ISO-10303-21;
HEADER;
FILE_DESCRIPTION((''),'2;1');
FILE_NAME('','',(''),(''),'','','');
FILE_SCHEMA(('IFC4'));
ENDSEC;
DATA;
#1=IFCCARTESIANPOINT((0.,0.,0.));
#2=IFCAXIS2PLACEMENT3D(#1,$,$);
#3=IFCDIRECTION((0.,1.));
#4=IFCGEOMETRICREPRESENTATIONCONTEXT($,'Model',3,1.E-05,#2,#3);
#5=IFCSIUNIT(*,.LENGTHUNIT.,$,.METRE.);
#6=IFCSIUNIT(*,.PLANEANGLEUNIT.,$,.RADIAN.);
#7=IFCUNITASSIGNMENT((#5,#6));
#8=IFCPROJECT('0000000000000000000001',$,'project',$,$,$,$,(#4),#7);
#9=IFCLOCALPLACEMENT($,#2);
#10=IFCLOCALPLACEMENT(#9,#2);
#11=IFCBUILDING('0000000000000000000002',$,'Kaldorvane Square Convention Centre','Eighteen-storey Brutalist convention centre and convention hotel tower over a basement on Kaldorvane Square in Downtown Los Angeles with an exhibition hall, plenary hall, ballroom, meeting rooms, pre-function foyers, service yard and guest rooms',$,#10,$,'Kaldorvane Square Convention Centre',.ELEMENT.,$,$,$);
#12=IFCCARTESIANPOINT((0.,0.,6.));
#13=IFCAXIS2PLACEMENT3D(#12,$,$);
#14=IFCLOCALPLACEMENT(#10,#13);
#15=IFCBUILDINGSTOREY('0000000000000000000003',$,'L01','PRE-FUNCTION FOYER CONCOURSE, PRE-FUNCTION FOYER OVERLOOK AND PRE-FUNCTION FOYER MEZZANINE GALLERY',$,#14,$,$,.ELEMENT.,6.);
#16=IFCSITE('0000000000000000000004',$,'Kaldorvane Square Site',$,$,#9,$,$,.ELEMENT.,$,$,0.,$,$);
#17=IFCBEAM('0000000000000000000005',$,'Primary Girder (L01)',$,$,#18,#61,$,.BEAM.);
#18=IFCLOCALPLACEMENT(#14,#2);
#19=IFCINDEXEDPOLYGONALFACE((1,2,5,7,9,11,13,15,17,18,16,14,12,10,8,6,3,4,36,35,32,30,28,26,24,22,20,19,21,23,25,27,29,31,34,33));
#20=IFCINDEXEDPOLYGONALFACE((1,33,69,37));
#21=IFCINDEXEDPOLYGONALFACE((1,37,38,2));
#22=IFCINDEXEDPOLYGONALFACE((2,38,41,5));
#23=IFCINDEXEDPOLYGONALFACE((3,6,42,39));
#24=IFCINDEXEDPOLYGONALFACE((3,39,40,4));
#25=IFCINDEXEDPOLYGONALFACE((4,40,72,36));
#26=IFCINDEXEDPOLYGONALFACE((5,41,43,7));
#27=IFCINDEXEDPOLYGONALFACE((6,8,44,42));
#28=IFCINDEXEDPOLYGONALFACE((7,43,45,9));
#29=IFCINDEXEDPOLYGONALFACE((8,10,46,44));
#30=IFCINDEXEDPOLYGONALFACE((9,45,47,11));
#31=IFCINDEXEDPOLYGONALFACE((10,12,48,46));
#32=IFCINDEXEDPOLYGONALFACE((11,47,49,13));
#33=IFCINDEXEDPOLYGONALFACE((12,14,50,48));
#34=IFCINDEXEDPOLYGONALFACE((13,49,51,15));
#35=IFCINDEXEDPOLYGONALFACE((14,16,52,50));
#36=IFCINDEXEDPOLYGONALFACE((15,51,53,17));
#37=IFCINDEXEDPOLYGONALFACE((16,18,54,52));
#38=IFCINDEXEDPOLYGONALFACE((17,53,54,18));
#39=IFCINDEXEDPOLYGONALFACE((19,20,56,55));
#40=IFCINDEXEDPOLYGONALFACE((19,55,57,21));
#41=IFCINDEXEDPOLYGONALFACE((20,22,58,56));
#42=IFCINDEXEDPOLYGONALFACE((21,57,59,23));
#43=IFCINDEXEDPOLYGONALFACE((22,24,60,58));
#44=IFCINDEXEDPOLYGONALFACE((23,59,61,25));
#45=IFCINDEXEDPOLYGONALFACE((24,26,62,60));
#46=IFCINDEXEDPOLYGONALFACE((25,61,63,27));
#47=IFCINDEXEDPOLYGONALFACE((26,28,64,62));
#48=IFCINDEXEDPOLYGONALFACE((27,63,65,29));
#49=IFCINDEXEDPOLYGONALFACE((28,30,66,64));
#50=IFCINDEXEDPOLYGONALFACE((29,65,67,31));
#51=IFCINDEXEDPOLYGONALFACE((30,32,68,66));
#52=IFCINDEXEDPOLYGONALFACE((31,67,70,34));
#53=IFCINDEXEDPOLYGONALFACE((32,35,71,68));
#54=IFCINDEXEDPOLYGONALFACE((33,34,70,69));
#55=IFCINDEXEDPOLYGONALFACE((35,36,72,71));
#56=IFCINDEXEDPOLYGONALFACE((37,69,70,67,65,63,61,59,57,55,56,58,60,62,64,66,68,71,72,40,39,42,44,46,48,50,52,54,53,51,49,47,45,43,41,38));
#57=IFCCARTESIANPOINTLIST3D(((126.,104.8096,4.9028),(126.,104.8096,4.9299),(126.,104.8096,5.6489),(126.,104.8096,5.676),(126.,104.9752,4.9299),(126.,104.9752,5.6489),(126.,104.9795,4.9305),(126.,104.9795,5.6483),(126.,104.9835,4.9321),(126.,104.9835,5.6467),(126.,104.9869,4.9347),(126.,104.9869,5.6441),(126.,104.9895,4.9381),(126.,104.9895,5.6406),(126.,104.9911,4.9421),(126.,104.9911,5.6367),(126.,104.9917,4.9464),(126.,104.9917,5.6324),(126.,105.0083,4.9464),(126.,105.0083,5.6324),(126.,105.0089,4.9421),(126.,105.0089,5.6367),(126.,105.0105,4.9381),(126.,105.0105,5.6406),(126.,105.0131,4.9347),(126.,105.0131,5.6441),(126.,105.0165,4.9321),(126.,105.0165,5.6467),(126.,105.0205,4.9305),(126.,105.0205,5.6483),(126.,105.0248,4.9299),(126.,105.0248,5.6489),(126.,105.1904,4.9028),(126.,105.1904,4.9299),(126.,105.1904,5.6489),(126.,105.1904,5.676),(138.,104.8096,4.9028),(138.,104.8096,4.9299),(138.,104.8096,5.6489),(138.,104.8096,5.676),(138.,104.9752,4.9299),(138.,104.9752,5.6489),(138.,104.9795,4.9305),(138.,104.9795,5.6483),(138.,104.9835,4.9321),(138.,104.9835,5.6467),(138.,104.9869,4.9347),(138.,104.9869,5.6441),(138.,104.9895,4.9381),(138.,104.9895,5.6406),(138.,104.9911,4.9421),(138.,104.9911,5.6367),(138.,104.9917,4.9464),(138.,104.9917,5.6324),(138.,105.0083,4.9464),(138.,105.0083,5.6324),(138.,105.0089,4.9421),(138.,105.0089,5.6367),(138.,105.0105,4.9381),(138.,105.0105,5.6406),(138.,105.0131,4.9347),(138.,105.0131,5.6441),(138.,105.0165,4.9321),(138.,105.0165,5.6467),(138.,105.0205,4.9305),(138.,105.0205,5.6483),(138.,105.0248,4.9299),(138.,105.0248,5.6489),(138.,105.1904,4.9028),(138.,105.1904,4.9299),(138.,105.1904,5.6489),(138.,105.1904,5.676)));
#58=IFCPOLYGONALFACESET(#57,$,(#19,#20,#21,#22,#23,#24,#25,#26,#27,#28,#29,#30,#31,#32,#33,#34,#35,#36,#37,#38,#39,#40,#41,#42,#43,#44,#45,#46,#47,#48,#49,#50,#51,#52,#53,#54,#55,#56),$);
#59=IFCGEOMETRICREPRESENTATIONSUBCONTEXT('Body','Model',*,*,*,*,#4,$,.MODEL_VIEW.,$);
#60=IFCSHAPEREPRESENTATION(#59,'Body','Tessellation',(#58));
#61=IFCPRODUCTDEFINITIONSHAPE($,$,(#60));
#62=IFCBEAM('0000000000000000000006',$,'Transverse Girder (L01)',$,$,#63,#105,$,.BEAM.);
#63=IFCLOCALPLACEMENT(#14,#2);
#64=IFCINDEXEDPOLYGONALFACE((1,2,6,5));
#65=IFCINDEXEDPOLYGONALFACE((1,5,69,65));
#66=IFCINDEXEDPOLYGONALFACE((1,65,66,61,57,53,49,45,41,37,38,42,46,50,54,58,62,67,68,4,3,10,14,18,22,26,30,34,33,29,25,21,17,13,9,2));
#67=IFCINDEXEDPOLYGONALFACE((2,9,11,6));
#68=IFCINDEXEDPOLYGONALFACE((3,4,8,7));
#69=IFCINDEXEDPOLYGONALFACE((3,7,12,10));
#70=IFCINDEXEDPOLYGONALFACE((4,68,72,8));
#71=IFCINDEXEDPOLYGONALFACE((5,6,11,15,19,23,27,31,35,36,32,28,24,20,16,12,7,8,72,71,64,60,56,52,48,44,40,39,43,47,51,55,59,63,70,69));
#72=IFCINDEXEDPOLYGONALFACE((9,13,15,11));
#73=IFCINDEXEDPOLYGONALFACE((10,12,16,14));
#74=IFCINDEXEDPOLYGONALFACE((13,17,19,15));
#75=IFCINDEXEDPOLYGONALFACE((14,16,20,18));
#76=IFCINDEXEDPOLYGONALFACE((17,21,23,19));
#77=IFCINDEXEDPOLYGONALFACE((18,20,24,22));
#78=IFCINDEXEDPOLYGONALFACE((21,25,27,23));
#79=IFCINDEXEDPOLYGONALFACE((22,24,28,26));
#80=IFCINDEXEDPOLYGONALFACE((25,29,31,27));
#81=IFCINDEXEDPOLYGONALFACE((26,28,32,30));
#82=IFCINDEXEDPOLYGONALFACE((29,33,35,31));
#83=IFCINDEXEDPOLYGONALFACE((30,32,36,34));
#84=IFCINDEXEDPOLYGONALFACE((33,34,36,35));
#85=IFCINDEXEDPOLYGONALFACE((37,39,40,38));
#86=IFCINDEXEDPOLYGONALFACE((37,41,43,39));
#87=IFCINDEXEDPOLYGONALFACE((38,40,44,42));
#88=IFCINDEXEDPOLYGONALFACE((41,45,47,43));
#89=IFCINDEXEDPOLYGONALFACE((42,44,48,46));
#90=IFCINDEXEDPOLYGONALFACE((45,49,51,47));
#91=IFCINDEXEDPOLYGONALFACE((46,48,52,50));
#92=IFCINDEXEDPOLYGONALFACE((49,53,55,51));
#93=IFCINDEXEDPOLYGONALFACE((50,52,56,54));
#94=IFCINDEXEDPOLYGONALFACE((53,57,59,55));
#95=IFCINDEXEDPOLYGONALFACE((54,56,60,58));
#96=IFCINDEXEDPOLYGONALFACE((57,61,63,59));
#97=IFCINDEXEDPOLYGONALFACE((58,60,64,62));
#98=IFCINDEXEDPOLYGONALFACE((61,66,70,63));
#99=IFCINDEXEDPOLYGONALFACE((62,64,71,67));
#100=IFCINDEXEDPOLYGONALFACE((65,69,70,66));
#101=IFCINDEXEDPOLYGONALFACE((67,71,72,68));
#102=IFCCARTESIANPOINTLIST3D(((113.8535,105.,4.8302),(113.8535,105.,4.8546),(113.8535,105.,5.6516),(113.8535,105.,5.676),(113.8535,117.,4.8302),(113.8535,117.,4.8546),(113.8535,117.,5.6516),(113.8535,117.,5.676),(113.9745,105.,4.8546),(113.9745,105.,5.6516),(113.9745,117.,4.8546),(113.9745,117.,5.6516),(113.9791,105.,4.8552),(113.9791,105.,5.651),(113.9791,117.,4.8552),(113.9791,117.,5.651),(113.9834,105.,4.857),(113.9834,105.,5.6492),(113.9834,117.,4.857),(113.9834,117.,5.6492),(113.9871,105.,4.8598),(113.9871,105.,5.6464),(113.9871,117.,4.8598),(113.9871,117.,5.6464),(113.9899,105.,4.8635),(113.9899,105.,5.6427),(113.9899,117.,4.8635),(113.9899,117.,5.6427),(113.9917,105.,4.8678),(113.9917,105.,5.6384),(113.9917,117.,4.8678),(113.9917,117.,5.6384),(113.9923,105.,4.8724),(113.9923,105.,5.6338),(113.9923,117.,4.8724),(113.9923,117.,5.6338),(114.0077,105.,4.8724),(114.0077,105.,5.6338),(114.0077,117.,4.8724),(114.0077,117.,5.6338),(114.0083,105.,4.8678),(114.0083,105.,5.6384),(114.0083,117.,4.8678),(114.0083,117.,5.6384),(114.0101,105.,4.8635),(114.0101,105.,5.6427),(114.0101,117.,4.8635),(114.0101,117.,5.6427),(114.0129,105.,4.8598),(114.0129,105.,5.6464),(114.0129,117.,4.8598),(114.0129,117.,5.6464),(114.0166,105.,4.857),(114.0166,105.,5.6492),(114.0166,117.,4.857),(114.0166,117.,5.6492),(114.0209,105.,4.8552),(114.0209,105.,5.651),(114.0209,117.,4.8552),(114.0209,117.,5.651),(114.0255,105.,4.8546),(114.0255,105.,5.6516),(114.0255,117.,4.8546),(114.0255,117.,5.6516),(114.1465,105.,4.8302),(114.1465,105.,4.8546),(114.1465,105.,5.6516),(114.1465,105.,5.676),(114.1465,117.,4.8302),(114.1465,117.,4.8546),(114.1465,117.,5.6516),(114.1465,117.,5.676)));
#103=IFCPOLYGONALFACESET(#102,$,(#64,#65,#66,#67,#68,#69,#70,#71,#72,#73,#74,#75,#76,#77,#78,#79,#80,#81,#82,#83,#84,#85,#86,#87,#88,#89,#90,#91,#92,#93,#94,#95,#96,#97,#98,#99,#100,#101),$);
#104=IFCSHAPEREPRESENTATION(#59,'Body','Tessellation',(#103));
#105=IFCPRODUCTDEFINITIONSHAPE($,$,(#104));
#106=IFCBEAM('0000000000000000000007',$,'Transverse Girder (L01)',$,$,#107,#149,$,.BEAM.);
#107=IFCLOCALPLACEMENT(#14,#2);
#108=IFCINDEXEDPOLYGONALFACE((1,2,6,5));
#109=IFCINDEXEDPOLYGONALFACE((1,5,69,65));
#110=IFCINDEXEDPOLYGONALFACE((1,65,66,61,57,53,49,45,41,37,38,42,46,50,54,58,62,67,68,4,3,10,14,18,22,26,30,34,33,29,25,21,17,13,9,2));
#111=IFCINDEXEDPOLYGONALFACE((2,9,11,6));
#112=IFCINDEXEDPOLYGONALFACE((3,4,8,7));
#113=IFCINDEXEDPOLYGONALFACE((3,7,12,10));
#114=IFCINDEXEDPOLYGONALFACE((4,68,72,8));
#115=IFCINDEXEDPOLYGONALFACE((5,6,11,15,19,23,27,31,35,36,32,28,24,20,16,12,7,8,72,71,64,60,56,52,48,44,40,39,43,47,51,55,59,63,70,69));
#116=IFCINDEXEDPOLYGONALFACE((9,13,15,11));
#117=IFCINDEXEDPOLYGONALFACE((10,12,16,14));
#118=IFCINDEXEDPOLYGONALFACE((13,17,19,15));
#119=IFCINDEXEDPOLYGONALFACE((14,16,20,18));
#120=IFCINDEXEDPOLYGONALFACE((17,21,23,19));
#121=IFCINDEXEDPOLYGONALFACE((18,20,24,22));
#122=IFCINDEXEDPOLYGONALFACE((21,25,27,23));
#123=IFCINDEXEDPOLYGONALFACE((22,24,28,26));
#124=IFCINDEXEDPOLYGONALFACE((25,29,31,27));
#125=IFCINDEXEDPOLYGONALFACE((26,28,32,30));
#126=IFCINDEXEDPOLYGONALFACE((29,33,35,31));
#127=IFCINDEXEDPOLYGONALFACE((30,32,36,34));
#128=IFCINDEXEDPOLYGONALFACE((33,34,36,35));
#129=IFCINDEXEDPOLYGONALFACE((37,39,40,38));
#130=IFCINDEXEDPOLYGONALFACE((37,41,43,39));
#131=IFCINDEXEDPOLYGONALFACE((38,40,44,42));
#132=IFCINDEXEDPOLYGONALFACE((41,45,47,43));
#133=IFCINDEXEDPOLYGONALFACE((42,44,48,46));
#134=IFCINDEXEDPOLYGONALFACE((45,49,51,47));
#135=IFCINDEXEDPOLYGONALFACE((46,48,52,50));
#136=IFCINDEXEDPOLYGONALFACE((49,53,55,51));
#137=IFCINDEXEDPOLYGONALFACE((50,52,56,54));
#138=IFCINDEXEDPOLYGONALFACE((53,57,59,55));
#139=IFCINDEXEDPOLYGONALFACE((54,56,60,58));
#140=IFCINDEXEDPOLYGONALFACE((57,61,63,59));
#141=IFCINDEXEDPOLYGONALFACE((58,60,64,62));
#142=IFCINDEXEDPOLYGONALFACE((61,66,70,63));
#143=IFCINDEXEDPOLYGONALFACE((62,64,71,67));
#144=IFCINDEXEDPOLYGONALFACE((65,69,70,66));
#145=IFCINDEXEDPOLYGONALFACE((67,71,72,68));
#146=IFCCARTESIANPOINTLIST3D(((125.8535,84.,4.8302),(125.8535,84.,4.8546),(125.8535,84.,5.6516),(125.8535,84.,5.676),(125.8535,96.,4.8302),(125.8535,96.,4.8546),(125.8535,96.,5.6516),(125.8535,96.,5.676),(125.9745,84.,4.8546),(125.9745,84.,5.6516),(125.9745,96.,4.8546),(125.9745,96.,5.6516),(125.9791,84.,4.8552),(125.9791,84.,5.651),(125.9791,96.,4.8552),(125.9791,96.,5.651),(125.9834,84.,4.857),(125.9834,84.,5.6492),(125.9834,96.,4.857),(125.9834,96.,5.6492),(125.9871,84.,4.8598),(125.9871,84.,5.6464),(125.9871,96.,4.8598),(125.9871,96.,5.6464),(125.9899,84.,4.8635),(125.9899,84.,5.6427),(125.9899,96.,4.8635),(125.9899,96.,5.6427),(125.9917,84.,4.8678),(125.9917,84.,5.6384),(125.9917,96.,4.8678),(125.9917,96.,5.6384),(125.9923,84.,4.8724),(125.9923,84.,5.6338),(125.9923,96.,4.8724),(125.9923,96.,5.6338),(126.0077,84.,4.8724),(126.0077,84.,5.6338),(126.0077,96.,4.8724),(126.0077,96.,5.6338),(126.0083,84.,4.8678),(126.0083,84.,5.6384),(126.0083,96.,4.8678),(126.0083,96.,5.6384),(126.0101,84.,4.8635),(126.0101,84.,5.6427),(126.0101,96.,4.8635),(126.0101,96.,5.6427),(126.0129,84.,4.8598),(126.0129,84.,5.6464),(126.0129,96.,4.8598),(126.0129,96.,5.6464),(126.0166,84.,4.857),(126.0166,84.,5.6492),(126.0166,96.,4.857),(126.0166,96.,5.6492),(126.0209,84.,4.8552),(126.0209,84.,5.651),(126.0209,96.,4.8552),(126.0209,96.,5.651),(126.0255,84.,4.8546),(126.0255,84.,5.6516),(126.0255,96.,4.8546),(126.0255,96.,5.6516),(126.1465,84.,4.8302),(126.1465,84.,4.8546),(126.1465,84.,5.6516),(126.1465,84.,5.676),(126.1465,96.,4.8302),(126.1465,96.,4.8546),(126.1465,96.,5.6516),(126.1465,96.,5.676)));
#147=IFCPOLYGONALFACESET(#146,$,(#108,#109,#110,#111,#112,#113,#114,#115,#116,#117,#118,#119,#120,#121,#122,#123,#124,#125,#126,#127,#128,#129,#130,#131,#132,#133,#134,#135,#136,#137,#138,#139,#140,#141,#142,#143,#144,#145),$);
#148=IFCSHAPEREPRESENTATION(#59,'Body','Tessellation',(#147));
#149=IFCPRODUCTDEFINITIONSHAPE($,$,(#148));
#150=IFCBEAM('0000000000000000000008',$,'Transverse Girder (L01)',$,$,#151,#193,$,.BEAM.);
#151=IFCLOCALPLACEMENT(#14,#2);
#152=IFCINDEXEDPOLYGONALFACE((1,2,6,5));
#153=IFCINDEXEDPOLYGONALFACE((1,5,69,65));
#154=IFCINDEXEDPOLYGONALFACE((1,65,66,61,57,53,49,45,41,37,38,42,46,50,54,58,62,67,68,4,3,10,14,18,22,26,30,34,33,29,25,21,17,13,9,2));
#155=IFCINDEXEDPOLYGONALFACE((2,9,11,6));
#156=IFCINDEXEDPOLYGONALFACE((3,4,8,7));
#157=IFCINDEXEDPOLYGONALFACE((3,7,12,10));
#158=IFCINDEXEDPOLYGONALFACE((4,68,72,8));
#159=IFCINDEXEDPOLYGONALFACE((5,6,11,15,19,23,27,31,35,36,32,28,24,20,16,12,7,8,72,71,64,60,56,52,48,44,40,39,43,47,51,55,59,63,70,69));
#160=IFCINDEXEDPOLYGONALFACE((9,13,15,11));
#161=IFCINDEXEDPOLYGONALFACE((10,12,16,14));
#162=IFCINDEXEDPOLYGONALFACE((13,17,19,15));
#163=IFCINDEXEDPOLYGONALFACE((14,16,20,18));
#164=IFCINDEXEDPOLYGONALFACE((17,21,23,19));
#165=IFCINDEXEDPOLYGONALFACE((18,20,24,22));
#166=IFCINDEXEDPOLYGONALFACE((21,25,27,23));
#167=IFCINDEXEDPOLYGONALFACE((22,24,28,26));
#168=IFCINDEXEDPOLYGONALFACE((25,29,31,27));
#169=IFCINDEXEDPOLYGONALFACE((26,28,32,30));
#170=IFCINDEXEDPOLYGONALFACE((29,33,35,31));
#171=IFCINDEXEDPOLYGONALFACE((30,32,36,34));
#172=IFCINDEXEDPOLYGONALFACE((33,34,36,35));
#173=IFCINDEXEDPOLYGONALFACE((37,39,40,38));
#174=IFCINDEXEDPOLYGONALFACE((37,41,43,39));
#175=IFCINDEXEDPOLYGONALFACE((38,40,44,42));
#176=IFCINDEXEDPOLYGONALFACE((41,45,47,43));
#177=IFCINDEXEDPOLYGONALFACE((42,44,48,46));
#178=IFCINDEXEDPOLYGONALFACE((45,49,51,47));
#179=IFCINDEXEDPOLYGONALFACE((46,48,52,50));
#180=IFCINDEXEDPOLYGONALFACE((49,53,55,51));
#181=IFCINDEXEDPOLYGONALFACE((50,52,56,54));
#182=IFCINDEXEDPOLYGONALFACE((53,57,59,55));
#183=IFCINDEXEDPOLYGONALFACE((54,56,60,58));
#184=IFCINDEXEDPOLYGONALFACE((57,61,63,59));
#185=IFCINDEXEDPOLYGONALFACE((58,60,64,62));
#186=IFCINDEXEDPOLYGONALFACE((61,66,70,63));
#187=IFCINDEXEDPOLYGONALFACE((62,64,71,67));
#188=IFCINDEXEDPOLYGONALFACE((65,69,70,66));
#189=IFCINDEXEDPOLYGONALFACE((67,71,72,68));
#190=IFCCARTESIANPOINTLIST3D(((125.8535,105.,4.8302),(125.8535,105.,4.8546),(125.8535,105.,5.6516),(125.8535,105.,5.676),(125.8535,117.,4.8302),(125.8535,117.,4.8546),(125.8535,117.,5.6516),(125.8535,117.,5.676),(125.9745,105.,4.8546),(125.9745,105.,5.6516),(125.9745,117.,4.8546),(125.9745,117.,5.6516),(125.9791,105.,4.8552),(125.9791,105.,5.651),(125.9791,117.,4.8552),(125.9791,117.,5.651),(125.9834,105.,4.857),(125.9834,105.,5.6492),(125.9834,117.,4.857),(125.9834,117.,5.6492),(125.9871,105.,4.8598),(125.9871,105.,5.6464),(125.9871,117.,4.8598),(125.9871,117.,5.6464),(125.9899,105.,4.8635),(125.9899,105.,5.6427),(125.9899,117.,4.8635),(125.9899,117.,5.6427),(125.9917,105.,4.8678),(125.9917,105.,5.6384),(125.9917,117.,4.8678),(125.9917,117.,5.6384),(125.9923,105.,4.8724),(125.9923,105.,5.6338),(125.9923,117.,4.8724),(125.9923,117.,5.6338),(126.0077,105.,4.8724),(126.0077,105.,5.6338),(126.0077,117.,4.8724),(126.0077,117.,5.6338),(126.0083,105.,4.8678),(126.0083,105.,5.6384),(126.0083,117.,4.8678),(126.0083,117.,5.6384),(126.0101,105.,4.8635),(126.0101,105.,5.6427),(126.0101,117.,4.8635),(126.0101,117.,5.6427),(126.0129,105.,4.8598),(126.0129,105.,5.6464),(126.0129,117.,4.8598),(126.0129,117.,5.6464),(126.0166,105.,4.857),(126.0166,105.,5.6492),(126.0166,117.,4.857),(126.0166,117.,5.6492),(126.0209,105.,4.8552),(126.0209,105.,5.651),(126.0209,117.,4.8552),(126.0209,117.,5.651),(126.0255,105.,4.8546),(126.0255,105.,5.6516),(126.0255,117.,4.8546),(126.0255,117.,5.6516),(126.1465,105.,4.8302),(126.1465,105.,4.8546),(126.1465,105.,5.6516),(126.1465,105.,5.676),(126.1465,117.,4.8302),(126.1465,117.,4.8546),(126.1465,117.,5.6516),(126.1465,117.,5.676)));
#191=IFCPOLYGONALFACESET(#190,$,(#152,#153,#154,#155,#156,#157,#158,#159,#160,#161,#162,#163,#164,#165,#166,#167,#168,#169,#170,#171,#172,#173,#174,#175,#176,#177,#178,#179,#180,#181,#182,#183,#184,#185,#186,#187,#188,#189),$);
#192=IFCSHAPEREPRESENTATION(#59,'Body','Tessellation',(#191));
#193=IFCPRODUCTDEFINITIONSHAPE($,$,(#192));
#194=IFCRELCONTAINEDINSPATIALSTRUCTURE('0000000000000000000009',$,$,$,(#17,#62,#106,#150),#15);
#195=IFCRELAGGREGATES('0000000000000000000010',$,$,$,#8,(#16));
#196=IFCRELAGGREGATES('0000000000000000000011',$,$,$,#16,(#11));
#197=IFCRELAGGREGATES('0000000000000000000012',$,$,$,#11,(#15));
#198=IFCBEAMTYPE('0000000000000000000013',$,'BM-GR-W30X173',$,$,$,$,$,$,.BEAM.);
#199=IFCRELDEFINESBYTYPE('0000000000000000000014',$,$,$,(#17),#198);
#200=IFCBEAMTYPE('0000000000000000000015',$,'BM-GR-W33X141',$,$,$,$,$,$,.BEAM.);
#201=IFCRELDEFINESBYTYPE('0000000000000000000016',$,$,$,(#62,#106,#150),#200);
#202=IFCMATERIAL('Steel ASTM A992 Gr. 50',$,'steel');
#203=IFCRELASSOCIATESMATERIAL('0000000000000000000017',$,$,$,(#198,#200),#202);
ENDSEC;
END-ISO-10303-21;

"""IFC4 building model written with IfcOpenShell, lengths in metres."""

from ifc_helpers import new_model, si_unit, direction, frame, origin, origin_2d, place, context, subcontext, project, spatial, i_section, extrude, material, material_profile, profile_set, type_object, element, save


model = new_model("IFC4")

# Units and contexts
model_context = context("Model", 3, precision=1e-05, world=origin(), true_north=direction((0.0, 1.0)))
body_context = subcontext(model_context, "Body", "Model", "MODEL_VIEW")
ifc_project = project(units=[si_unit("LENGTHUNIT", "METRE"), si_unit("PLANEANGLEUNIT", "RADIAN")], contexts=[model_context])

# Site, building, storey
site_placement = place(None, origin())
site = spatial("IfcSite", under=ifc_project, at=site_placement, Name="Kaldorvane Square Site", CompositionType="ELEMENT", RefElevation=0.0)
building_placement = place(site_placement, origin())
building = spatial("IfcBuilding", under=site, at=building_placement, Name="Kaldorvane Square Convention Centre", Description="Eighteen-storey Brutalist convention centre and convention hotel tower over a basement on Kaldorvane Square in Downtown Los Angeles with an exhibition hall, plenary hall, ballroom, meeting rooms, pre-function foyers, service yard and guest rooms", LongName="Kaldorvane Square Convention Centre", CompositionType="ELEMENT")
storey_placement = place(building_placement, frame((0.0, 0.0, 6.0)))
storey = spatial("IfcBuildingStorey", under=building, at=storey_placement, Name="L01", Description="PRE-FUNCTION FOYER CONCOURSE, PRE-FUNCTION FOYER OVERLOOK AND PRE-FUNCTION FOYER MEZZANINE GALLERY", CompositionType="ELEMENT", Elevation=6.0)

# Shared definitions
ifc_material_1 = material(Name="Steel ASTM A992 Gr. 50", Category="steel")

# Beams
ifc_material_profile_1 = material_profile(ifc_material_1, i_section(OverallWidth=0.3807, OverallDepth=0.7732, WebThickness=0.0166, FlangeThickness=0.0271, FilletRadius=0.0165, at=origin_2d()), Name="W30X173")
ifc_profile_set_1 = profile_set([ifc_material_profile_1], Name="Steel ASTM A992 Gr. 50")
beam_type_1 = type_object("IfcBeamType", Name="BM-GR-W30X173", PredefinedType="BEAM", material=ifc_profile_set_1)
for number, where, z_axis, x_axis, name in (
    (1, (126.0, 105.0, 5.2894), (1.0, 0.0, 0.0), (0.0, 1.0, 0.0), "Primary Girder (L01)"),
):
    element("IfcBeam", number, at=place(storey_placement, frame(where, z_axis=z_axis, x_axis=x_axis)), inside=storey, type_object=beam_type_1, Name=name, PredefinedType="BEAM", context=body_context, shape_type="SweptSolid", body=[
        extrude(i_section(OverallWidth=0.3807, OverallDepth=0.7732, WebThickness=0.0166, FlangeThickness=0.0271, FilletRadius=0.0165, at=origin_2d()), origin(), (0.0, 0.0, 1.0), 12.0),
    ])
ifc_material_profile_2 = material_profile(ifc_material_1, i_section(OverallWidth=0.293, OverallDepth=0.8458, WebThickness=0.0154, FlangeThickness=0.0244, FilletRadius=0.0178, at=origin_2d()), Name="W33X141")
ifc_profile_set_2 = profile_set([ifc_material_profile_2], Name="Steel ASTM A992 Gr. 50")
beam_type_2 = type_object("IfcBeamType", Name="BM-GR-W33X141", PredefinedType="BEAM", material=ifc_profile_set_2)
for number, where, z_axis, x_axis, name in (
    (2, (114.0, 105.0, 5.2531), (0.0, 1.0, 0.0), (-1.0, 0.0, 0.0), "Transverse Girder (L01)"),
    (3, (126.0, 84.0, 5.2531), (0.0, 1.0, 0.0), (-1.0, 0.0, 0.0), "Transverse Girder (L01)"),
    (4, (126.0, 105.0, 5.2531), (0.0, 1.0, 0.0), (-1.0, 0.0, 0.0), "Transverse Girder (L01)"),
):
    element("IfcBeam", number, at=place(storey_placement, frame(where, z_axis=z_axis, x_axis=x_axis)), inside=storey, type_object=beam_type_2, Name=name, PredefinedType="BEAM", context=body_context, shape_type="SweptSolid", body=[
        extrude(i_section(OverallWidth=0.293, OverallDepth=0.8458, WebThickness=0.0154, FlangeThickness=0.0244, FilletRadius=0.0178, at=origin_2d()), origin(), (0.0, 0.0, 1.0), 12.0),
    ])

save(model, "model.ifc")
